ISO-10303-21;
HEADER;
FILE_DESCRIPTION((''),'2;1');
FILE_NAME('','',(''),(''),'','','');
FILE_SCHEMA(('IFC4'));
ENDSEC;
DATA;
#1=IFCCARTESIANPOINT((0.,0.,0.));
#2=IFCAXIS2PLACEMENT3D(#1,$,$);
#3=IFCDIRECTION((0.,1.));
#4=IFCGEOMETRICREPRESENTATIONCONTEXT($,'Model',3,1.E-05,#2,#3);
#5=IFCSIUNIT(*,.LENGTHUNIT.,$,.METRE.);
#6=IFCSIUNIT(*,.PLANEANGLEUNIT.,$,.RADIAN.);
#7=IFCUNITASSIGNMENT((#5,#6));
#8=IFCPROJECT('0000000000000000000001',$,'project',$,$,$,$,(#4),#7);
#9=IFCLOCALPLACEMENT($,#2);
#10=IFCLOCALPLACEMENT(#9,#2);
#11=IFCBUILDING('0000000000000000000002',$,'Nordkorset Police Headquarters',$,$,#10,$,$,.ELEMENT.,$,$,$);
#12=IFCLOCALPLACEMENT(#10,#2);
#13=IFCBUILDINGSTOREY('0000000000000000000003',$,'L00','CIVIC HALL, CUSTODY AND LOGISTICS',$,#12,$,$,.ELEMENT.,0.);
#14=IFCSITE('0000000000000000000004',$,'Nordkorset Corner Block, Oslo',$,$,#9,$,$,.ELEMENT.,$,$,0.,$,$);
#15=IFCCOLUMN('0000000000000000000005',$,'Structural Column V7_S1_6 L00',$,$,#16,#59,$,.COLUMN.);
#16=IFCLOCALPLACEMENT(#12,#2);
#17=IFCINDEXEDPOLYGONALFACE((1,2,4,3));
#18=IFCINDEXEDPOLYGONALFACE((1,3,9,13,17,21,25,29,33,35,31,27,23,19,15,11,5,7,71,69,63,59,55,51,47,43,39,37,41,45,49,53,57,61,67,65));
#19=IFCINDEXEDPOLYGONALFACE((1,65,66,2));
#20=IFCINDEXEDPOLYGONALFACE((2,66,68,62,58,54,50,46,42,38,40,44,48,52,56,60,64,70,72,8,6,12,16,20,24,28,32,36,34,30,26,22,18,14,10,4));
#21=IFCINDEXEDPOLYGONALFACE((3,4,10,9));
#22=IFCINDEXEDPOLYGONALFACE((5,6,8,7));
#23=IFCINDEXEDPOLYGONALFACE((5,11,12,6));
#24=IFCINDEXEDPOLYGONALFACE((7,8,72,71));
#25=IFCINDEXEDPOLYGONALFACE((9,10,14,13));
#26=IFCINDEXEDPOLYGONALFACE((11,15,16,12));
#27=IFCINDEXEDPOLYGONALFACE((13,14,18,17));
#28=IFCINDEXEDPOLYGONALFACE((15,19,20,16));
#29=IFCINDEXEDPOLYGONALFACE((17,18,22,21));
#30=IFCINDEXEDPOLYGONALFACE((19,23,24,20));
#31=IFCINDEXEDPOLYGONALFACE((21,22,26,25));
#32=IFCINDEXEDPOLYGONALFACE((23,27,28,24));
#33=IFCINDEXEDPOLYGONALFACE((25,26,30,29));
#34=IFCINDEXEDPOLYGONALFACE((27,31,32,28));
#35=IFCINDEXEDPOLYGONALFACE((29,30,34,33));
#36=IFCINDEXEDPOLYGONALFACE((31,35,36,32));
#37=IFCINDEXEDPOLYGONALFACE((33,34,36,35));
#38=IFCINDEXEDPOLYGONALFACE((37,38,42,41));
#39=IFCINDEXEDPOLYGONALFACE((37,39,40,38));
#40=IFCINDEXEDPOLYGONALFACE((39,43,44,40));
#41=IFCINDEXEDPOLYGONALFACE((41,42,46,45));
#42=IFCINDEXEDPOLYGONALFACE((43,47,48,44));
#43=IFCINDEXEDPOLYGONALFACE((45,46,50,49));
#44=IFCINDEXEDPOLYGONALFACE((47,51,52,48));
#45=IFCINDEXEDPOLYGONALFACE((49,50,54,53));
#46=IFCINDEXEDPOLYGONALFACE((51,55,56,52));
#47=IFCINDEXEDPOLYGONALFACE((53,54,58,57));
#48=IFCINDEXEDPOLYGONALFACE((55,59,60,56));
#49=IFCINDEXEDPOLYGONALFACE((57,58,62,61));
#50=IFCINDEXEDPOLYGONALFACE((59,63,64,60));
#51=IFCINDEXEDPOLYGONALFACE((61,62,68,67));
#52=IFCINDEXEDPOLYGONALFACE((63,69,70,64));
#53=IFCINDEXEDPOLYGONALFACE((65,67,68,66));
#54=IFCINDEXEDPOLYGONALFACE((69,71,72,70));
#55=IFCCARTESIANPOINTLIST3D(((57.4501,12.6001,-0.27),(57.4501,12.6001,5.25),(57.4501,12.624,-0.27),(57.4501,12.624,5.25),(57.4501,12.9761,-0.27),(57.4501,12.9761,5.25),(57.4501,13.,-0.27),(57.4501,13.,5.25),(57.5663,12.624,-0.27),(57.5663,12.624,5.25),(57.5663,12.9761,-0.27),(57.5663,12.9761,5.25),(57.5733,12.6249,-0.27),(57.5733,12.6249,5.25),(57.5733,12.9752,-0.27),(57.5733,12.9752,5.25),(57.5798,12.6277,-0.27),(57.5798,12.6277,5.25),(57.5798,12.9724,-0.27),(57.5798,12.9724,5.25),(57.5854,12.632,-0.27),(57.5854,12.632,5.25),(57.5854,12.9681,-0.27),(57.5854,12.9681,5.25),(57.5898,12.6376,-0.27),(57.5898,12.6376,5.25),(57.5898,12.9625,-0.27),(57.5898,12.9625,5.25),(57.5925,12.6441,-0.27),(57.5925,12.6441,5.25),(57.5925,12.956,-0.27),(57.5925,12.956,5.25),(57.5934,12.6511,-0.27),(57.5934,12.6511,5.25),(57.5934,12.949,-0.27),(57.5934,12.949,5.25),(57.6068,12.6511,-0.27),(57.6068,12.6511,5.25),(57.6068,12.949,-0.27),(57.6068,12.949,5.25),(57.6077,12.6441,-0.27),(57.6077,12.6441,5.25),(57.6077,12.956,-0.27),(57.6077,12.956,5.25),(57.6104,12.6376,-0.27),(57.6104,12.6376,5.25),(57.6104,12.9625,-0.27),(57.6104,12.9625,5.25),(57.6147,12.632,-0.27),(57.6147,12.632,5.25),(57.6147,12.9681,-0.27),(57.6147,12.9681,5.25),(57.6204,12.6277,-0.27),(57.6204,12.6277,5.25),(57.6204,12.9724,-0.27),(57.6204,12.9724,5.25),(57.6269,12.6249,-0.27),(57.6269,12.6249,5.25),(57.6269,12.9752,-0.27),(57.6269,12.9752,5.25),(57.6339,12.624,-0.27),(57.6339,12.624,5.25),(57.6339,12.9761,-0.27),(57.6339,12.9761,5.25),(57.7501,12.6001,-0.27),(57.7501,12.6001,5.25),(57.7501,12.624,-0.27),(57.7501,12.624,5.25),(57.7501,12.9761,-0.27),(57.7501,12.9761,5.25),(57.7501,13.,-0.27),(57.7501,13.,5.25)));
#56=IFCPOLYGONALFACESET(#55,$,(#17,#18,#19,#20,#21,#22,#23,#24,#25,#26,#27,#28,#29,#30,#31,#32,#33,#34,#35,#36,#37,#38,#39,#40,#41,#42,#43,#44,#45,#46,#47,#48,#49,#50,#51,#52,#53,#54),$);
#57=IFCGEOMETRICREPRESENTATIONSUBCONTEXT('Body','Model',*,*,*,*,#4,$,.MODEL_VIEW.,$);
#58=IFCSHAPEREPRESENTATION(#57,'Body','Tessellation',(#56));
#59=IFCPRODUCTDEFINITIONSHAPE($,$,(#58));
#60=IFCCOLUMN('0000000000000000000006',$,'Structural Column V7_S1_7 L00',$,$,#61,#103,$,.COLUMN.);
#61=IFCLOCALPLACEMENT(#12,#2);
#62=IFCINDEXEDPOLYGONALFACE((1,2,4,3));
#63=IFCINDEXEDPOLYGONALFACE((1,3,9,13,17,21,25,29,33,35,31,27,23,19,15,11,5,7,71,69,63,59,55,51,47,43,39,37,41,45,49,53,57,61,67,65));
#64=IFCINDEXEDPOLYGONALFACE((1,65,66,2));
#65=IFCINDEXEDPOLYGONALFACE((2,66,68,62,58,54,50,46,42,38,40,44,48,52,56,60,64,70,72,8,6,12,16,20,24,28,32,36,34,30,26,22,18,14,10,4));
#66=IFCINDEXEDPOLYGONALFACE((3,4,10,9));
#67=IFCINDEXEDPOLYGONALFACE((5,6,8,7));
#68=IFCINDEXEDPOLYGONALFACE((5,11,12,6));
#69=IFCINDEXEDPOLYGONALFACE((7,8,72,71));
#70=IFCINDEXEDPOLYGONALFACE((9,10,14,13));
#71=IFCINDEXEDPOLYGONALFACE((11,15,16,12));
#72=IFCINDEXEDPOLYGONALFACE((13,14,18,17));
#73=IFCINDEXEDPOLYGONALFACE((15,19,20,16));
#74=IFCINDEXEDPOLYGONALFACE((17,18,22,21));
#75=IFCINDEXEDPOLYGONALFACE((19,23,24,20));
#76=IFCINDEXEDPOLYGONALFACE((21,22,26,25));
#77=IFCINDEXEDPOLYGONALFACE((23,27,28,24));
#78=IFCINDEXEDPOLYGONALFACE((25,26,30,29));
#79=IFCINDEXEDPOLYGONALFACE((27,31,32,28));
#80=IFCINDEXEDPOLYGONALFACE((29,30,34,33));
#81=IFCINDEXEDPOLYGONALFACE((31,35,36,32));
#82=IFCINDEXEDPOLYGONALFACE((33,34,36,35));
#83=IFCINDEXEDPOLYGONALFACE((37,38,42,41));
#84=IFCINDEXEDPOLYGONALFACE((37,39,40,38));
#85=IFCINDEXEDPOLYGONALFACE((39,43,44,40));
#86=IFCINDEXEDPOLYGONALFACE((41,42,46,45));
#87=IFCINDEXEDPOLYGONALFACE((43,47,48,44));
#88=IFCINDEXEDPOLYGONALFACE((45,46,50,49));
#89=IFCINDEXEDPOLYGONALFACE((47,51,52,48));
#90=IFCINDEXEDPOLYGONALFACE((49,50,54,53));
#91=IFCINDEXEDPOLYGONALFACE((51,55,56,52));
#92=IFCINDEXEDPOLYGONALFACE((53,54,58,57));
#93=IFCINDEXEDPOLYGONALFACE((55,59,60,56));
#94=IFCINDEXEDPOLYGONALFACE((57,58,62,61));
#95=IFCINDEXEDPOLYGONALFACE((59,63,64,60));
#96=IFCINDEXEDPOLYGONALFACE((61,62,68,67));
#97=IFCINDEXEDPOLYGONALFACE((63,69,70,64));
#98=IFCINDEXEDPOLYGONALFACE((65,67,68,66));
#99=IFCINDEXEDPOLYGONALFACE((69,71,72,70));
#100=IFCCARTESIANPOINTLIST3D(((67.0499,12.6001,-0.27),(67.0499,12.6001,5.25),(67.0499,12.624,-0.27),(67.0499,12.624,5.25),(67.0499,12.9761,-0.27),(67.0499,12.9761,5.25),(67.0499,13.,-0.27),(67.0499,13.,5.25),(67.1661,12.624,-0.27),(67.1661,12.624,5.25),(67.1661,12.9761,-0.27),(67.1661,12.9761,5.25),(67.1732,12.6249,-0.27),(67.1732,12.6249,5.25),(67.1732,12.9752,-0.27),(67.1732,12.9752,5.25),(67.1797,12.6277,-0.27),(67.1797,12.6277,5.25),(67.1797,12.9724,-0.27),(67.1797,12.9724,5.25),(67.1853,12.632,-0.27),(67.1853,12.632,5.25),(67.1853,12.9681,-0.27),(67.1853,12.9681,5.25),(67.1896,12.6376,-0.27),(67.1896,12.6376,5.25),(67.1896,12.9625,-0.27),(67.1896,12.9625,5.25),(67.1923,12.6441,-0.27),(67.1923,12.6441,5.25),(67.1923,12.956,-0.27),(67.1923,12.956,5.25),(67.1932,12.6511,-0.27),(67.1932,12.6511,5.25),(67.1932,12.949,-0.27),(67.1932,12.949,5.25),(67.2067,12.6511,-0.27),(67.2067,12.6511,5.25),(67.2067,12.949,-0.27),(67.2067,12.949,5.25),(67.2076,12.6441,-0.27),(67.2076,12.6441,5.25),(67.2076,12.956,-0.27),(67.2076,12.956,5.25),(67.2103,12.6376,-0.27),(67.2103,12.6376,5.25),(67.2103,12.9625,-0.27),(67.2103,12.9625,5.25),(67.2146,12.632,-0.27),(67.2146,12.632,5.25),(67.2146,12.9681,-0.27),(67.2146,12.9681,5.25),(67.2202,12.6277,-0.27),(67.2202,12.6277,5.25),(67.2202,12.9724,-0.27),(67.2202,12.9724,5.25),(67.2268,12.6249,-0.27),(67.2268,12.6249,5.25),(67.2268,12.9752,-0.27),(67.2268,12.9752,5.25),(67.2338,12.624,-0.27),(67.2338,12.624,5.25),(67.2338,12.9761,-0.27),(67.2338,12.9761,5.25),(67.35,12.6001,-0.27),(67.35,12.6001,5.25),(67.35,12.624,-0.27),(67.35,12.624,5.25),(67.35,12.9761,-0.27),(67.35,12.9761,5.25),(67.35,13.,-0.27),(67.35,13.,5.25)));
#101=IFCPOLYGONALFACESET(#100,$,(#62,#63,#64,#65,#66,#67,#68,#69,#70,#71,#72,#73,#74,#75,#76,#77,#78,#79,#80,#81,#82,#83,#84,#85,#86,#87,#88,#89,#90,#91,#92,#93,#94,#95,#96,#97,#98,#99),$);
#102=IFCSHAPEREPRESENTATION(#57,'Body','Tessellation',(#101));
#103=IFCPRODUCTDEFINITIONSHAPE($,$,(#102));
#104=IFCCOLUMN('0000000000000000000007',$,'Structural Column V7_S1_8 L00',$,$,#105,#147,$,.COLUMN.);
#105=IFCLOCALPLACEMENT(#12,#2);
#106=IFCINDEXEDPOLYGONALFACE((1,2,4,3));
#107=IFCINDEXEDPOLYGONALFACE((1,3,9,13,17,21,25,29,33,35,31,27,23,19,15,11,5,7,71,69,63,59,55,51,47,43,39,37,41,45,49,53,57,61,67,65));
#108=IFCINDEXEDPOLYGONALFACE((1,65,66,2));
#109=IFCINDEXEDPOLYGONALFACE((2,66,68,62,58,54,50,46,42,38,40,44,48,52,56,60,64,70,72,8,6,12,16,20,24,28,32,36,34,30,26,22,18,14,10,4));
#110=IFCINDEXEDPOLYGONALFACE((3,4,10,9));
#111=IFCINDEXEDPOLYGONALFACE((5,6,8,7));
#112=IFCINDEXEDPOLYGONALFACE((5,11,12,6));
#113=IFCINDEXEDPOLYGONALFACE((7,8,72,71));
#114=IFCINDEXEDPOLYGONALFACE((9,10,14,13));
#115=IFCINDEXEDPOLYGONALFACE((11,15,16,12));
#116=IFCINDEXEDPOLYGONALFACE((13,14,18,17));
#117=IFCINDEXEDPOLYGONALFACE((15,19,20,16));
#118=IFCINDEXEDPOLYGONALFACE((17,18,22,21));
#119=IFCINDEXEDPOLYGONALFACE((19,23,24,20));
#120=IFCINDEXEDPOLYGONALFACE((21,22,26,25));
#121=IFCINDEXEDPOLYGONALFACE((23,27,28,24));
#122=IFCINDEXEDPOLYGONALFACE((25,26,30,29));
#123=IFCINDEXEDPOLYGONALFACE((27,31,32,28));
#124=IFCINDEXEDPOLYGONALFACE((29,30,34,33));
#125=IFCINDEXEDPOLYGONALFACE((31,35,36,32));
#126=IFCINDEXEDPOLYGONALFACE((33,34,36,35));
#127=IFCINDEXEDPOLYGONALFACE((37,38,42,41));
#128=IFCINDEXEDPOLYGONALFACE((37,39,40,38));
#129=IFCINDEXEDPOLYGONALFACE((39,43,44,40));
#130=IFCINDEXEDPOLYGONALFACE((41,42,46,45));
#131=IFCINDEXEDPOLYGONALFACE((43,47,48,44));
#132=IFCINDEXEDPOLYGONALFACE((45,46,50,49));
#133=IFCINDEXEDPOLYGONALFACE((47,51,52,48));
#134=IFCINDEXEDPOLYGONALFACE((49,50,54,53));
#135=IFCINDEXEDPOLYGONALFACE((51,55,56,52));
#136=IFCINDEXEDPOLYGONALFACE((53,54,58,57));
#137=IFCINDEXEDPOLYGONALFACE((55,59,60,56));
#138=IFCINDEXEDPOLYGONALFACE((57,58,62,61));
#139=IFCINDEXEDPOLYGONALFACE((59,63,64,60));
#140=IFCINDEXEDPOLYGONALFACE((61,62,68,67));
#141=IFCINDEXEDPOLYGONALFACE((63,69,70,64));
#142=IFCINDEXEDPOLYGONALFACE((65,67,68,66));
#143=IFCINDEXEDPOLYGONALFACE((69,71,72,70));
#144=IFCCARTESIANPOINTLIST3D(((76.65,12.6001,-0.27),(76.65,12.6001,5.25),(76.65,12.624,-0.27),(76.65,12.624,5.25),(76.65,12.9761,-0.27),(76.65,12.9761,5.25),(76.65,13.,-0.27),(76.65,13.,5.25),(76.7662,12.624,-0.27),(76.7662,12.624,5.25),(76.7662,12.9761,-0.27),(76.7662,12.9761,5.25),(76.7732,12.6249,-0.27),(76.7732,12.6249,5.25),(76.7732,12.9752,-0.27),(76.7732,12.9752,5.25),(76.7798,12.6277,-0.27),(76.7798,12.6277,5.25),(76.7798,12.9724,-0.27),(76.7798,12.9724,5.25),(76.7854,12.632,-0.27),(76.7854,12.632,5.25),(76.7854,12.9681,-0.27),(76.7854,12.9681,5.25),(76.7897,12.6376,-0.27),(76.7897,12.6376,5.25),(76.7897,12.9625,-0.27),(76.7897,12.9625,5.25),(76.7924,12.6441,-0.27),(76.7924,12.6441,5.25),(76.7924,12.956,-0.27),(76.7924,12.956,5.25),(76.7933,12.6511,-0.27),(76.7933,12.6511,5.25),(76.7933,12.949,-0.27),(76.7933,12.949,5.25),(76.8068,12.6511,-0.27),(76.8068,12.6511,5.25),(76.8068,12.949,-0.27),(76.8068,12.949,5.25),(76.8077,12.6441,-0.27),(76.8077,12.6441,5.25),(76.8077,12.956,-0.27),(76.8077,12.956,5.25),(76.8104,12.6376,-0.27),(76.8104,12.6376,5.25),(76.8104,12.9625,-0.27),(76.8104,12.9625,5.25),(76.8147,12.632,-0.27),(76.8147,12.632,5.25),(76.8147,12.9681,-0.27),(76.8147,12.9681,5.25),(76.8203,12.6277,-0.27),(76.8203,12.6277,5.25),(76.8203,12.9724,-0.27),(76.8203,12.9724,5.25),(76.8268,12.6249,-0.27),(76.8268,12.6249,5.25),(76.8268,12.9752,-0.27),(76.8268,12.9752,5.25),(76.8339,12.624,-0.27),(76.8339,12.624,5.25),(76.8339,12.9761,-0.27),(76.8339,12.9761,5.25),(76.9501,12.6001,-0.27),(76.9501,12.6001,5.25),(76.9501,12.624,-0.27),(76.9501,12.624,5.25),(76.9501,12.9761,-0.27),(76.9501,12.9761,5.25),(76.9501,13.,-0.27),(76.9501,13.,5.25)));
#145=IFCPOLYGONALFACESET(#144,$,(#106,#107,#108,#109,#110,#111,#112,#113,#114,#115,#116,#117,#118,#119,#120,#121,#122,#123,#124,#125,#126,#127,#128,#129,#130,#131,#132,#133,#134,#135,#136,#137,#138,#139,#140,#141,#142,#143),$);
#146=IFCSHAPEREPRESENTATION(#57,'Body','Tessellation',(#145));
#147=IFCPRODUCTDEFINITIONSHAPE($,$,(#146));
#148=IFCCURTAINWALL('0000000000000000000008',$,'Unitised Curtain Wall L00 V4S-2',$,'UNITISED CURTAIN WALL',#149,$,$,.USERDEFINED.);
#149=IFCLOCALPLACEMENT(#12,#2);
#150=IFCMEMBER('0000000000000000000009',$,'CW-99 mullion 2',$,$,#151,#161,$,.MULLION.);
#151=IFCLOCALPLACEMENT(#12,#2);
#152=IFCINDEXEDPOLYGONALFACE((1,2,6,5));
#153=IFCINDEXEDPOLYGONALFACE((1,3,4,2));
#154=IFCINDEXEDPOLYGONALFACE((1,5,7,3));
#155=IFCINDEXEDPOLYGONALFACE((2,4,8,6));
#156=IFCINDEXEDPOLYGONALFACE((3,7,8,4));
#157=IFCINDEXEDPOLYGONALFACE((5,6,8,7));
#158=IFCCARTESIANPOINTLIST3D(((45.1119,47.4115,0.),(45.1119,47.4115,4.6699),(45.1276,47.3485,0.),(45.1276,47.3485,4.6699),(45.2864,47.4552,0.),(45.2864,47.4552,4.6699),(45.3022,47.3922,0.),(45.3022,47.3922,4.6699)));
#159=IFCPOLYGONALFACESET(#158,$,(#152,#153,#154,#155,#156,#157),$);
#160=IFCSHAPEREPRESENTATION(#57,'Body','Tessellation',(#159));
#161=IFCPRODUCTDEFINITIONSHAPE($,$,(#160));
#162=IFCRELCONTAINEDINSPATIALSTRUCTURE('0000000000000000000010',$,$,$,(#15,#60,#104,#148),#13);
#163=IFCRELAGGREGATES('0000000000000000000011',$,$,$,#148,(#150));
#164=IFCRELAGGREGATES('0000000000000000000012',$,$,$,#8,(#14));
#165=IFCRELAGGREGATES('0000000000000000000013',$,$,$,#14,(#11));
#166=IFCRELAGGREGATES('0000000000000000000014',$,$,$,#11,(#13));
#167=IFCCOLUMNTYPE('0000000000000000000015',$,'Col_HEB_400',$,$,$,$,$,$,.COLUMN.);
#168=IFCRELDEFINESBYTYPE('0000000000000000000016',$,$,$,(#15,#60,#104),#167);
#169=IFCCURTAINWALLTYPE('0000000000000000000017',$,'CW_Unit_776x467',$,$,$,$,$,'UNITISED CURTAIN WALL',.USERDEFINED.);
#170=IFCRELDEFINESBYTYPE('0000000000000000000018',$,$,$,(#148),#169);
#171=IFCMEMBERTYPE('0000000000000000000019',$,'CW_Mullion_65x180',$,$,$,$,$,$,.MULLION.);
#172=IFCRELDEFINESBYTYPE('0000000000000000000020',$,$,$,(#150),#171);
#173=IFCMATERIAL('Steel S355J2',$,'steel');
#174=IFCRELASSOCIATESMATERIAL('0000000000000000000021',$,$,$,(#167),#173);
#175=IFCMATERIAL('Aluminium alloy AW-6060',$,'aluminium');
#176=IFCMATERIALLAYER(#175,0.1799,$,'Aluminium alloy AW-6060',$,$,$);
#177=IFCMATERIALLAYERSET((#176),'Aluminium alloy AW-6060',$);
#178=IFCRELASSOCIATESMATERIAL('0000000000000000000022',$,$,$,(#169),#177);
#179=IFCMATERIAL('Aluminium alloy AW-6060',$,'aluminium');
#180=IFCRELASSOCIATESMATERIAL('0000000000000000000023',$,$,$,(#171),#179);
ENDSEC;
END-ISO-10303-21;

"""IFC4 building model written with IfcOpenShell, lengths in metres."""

from ifc_helpers import new_model, si_unit, direction, frame, origin, origin_2d, place, context, subcontext, project, spatial, rectangle, i_section, extrude, material, layer, layer_set, material_profile, profile_set, type_object, element, aggregate, save


model = new_model("IFC4")

# Units and contexts
model_context = context("Model", 3, precision=1e-05, world=origin(), true_north=direction((0.0, 1.0)))
body_context = subcontext(model_context, "Body", "Model", "MODEL_VIEW")
ifc_project = project(units=[si_unit("LENGTHUNIT", "METRE"), si_unit("PLANEANGLEUNIT", "RADIAN")], contexts=[model_context])

# Site, building, storey
site_placement = place(None, origin())
site = spatial("IfcSite", under=ifc_project, at=site_placement, Name="Nordkorset Corner Block, Oslo", CompositionType="ELEMENT", RefElevation=0.0)
building_placement = place(site_placement, origin())
building = spatial("IfcBuilding", under=site, at=building_placement, Name="Nordkorset Police Headquarters", CompositionType="ELEMENT")
storey_placement = place(building_placement, origin())
storey = spatial("IfcBuildingStorey", under=building, at=storey_placement, Name="L00", Description="CIVIC HALL, CUSTODY AND LOGISTICS", CompositionType="ELEMENT", Elevation=0.0)

# Columns
ifc_material_1 = material(Name="Steel S355J2", Category="steel")
ifc_material_profile_1 = material_profile(ifc_material_1, i_section(OverallWidth=0.3, OverallDepth=0.3999, WebThickness=0.0134, FlangeThickness=0.0239, FilletRadius=0.0271, at=origin_2d()), Name="HEB 400")
ifc_profile_set_1 = profile_set([ifc_material_profile_1], Name="Steel S355J2")
column_type = type_object("IfcColumnType", Name="Col_HEB_400", PredefinedType="COLUMN", material=ifc_profile_set_1)
for number, where, z_axis, x_axis, name in (
    (1, (57.6001, 12.8, -0.27), (0.0, 0.0, 1.0), (1.0, 0.0, 0.0), "Structural Column V7_S1_6 L00"),
    (2, (67.2, 12.8, -0.27), (0.0, 0.0, 1.0), (1.0, 0.0, 0.0), "Structural Column V7_S1_7 L00"),
    (3, (76.8, 12.8, -0.27), (0.0, 0.0, 1.0), (1.0, 0.0, 0.0), "Structural Column V7_S1_8 L00"),
):
    element("IfcColumn", number, at=place(storey_placement, frame(where, z_axis=z_axis, x_axis=x_axis)), inside=storey, type_object=column_type, Name=name, PredefinedType="COLUMN", context=body_context, shape_type="SweptSolid", body=[
        extrude(i_section(OverallWidth=0.3, OverallDepth=0.3999, WebThickness=0.0134, FlangeThickness=0.0239, FilletRadius=0.0271, at=origin_2d()), origin(), (0.0, 0.0, 1.0), 5.52),
    ])

# Curtain wall, member
ifc_material_2 = material(Name="Aluminium alloy AW-6060", Category="aluminium")
ifc_layer_1 = layer(ifc_material_2, 0.1799, Name="Aluminium alloy AW-6060")
ifc_layer_set_1 = layer_set([ifc_layer_1], Name="Aluminium alloy AW-6060")
curtain_wall_type = type_object("IfcCurtainWallType", Name="CW_Unit_776x467", ElementType="UNITISED CURTAIN WALL", PredefinedType="USERDEFINED", material=ifc_layer_set_1)
curtain_wall_placement = place(storey_placement, origin())
curtain_wall = element("IfcCurtainWall", 4, at=curtain_wall_placement, inside=storey, type_object=curtain_wall_type, Name="Unitised Curtain Wall L00 V4S-2", ObjectType="UNITISED CURTAIN WALL", PredefinedType="USERDEFINED")
ifc_material_3 = material(Name="Aluminium alloy AW-6060", Category="aluminium")
ifc_material_profile_2 = material_profile(ifc_material_3, rectangle(XDim=0.0649, YDim=0.1799, at=origin_2d()), Name="ALU MULL 65x180")
ifc_profile_set_2 = profile_set([ifc_material_profile_2], Name="Aluminium alloy AW-6060")
member_type = type_object("IfcMemberType", Name="CW_Mullion_65x180", PredefinedType="MULLION", material=ifc_profile_set_2)
member_placement = place(storey_placement, frame((45.207, 47.4019, 0.0), z_axis=(0.0, 0.0, 1.0), x_axis=(-0.242535, 0.970143, 0.0)))
member = element("IfcMember", 5, at=member_placement, type_object=member_type, Name="CW-99 mullion 2", PredefinedType="MULLION", context=body_context, shape_type="SweptSolid", body=[
    extrude(rectangle(XDim=0.0649, YDim=0.1799, at=origin_2d()), origin(), (0.0, 0.0, 1.0), 4.6699),
])

aggregate(curtain_wall, [member])

save(model, "model.ifc")
